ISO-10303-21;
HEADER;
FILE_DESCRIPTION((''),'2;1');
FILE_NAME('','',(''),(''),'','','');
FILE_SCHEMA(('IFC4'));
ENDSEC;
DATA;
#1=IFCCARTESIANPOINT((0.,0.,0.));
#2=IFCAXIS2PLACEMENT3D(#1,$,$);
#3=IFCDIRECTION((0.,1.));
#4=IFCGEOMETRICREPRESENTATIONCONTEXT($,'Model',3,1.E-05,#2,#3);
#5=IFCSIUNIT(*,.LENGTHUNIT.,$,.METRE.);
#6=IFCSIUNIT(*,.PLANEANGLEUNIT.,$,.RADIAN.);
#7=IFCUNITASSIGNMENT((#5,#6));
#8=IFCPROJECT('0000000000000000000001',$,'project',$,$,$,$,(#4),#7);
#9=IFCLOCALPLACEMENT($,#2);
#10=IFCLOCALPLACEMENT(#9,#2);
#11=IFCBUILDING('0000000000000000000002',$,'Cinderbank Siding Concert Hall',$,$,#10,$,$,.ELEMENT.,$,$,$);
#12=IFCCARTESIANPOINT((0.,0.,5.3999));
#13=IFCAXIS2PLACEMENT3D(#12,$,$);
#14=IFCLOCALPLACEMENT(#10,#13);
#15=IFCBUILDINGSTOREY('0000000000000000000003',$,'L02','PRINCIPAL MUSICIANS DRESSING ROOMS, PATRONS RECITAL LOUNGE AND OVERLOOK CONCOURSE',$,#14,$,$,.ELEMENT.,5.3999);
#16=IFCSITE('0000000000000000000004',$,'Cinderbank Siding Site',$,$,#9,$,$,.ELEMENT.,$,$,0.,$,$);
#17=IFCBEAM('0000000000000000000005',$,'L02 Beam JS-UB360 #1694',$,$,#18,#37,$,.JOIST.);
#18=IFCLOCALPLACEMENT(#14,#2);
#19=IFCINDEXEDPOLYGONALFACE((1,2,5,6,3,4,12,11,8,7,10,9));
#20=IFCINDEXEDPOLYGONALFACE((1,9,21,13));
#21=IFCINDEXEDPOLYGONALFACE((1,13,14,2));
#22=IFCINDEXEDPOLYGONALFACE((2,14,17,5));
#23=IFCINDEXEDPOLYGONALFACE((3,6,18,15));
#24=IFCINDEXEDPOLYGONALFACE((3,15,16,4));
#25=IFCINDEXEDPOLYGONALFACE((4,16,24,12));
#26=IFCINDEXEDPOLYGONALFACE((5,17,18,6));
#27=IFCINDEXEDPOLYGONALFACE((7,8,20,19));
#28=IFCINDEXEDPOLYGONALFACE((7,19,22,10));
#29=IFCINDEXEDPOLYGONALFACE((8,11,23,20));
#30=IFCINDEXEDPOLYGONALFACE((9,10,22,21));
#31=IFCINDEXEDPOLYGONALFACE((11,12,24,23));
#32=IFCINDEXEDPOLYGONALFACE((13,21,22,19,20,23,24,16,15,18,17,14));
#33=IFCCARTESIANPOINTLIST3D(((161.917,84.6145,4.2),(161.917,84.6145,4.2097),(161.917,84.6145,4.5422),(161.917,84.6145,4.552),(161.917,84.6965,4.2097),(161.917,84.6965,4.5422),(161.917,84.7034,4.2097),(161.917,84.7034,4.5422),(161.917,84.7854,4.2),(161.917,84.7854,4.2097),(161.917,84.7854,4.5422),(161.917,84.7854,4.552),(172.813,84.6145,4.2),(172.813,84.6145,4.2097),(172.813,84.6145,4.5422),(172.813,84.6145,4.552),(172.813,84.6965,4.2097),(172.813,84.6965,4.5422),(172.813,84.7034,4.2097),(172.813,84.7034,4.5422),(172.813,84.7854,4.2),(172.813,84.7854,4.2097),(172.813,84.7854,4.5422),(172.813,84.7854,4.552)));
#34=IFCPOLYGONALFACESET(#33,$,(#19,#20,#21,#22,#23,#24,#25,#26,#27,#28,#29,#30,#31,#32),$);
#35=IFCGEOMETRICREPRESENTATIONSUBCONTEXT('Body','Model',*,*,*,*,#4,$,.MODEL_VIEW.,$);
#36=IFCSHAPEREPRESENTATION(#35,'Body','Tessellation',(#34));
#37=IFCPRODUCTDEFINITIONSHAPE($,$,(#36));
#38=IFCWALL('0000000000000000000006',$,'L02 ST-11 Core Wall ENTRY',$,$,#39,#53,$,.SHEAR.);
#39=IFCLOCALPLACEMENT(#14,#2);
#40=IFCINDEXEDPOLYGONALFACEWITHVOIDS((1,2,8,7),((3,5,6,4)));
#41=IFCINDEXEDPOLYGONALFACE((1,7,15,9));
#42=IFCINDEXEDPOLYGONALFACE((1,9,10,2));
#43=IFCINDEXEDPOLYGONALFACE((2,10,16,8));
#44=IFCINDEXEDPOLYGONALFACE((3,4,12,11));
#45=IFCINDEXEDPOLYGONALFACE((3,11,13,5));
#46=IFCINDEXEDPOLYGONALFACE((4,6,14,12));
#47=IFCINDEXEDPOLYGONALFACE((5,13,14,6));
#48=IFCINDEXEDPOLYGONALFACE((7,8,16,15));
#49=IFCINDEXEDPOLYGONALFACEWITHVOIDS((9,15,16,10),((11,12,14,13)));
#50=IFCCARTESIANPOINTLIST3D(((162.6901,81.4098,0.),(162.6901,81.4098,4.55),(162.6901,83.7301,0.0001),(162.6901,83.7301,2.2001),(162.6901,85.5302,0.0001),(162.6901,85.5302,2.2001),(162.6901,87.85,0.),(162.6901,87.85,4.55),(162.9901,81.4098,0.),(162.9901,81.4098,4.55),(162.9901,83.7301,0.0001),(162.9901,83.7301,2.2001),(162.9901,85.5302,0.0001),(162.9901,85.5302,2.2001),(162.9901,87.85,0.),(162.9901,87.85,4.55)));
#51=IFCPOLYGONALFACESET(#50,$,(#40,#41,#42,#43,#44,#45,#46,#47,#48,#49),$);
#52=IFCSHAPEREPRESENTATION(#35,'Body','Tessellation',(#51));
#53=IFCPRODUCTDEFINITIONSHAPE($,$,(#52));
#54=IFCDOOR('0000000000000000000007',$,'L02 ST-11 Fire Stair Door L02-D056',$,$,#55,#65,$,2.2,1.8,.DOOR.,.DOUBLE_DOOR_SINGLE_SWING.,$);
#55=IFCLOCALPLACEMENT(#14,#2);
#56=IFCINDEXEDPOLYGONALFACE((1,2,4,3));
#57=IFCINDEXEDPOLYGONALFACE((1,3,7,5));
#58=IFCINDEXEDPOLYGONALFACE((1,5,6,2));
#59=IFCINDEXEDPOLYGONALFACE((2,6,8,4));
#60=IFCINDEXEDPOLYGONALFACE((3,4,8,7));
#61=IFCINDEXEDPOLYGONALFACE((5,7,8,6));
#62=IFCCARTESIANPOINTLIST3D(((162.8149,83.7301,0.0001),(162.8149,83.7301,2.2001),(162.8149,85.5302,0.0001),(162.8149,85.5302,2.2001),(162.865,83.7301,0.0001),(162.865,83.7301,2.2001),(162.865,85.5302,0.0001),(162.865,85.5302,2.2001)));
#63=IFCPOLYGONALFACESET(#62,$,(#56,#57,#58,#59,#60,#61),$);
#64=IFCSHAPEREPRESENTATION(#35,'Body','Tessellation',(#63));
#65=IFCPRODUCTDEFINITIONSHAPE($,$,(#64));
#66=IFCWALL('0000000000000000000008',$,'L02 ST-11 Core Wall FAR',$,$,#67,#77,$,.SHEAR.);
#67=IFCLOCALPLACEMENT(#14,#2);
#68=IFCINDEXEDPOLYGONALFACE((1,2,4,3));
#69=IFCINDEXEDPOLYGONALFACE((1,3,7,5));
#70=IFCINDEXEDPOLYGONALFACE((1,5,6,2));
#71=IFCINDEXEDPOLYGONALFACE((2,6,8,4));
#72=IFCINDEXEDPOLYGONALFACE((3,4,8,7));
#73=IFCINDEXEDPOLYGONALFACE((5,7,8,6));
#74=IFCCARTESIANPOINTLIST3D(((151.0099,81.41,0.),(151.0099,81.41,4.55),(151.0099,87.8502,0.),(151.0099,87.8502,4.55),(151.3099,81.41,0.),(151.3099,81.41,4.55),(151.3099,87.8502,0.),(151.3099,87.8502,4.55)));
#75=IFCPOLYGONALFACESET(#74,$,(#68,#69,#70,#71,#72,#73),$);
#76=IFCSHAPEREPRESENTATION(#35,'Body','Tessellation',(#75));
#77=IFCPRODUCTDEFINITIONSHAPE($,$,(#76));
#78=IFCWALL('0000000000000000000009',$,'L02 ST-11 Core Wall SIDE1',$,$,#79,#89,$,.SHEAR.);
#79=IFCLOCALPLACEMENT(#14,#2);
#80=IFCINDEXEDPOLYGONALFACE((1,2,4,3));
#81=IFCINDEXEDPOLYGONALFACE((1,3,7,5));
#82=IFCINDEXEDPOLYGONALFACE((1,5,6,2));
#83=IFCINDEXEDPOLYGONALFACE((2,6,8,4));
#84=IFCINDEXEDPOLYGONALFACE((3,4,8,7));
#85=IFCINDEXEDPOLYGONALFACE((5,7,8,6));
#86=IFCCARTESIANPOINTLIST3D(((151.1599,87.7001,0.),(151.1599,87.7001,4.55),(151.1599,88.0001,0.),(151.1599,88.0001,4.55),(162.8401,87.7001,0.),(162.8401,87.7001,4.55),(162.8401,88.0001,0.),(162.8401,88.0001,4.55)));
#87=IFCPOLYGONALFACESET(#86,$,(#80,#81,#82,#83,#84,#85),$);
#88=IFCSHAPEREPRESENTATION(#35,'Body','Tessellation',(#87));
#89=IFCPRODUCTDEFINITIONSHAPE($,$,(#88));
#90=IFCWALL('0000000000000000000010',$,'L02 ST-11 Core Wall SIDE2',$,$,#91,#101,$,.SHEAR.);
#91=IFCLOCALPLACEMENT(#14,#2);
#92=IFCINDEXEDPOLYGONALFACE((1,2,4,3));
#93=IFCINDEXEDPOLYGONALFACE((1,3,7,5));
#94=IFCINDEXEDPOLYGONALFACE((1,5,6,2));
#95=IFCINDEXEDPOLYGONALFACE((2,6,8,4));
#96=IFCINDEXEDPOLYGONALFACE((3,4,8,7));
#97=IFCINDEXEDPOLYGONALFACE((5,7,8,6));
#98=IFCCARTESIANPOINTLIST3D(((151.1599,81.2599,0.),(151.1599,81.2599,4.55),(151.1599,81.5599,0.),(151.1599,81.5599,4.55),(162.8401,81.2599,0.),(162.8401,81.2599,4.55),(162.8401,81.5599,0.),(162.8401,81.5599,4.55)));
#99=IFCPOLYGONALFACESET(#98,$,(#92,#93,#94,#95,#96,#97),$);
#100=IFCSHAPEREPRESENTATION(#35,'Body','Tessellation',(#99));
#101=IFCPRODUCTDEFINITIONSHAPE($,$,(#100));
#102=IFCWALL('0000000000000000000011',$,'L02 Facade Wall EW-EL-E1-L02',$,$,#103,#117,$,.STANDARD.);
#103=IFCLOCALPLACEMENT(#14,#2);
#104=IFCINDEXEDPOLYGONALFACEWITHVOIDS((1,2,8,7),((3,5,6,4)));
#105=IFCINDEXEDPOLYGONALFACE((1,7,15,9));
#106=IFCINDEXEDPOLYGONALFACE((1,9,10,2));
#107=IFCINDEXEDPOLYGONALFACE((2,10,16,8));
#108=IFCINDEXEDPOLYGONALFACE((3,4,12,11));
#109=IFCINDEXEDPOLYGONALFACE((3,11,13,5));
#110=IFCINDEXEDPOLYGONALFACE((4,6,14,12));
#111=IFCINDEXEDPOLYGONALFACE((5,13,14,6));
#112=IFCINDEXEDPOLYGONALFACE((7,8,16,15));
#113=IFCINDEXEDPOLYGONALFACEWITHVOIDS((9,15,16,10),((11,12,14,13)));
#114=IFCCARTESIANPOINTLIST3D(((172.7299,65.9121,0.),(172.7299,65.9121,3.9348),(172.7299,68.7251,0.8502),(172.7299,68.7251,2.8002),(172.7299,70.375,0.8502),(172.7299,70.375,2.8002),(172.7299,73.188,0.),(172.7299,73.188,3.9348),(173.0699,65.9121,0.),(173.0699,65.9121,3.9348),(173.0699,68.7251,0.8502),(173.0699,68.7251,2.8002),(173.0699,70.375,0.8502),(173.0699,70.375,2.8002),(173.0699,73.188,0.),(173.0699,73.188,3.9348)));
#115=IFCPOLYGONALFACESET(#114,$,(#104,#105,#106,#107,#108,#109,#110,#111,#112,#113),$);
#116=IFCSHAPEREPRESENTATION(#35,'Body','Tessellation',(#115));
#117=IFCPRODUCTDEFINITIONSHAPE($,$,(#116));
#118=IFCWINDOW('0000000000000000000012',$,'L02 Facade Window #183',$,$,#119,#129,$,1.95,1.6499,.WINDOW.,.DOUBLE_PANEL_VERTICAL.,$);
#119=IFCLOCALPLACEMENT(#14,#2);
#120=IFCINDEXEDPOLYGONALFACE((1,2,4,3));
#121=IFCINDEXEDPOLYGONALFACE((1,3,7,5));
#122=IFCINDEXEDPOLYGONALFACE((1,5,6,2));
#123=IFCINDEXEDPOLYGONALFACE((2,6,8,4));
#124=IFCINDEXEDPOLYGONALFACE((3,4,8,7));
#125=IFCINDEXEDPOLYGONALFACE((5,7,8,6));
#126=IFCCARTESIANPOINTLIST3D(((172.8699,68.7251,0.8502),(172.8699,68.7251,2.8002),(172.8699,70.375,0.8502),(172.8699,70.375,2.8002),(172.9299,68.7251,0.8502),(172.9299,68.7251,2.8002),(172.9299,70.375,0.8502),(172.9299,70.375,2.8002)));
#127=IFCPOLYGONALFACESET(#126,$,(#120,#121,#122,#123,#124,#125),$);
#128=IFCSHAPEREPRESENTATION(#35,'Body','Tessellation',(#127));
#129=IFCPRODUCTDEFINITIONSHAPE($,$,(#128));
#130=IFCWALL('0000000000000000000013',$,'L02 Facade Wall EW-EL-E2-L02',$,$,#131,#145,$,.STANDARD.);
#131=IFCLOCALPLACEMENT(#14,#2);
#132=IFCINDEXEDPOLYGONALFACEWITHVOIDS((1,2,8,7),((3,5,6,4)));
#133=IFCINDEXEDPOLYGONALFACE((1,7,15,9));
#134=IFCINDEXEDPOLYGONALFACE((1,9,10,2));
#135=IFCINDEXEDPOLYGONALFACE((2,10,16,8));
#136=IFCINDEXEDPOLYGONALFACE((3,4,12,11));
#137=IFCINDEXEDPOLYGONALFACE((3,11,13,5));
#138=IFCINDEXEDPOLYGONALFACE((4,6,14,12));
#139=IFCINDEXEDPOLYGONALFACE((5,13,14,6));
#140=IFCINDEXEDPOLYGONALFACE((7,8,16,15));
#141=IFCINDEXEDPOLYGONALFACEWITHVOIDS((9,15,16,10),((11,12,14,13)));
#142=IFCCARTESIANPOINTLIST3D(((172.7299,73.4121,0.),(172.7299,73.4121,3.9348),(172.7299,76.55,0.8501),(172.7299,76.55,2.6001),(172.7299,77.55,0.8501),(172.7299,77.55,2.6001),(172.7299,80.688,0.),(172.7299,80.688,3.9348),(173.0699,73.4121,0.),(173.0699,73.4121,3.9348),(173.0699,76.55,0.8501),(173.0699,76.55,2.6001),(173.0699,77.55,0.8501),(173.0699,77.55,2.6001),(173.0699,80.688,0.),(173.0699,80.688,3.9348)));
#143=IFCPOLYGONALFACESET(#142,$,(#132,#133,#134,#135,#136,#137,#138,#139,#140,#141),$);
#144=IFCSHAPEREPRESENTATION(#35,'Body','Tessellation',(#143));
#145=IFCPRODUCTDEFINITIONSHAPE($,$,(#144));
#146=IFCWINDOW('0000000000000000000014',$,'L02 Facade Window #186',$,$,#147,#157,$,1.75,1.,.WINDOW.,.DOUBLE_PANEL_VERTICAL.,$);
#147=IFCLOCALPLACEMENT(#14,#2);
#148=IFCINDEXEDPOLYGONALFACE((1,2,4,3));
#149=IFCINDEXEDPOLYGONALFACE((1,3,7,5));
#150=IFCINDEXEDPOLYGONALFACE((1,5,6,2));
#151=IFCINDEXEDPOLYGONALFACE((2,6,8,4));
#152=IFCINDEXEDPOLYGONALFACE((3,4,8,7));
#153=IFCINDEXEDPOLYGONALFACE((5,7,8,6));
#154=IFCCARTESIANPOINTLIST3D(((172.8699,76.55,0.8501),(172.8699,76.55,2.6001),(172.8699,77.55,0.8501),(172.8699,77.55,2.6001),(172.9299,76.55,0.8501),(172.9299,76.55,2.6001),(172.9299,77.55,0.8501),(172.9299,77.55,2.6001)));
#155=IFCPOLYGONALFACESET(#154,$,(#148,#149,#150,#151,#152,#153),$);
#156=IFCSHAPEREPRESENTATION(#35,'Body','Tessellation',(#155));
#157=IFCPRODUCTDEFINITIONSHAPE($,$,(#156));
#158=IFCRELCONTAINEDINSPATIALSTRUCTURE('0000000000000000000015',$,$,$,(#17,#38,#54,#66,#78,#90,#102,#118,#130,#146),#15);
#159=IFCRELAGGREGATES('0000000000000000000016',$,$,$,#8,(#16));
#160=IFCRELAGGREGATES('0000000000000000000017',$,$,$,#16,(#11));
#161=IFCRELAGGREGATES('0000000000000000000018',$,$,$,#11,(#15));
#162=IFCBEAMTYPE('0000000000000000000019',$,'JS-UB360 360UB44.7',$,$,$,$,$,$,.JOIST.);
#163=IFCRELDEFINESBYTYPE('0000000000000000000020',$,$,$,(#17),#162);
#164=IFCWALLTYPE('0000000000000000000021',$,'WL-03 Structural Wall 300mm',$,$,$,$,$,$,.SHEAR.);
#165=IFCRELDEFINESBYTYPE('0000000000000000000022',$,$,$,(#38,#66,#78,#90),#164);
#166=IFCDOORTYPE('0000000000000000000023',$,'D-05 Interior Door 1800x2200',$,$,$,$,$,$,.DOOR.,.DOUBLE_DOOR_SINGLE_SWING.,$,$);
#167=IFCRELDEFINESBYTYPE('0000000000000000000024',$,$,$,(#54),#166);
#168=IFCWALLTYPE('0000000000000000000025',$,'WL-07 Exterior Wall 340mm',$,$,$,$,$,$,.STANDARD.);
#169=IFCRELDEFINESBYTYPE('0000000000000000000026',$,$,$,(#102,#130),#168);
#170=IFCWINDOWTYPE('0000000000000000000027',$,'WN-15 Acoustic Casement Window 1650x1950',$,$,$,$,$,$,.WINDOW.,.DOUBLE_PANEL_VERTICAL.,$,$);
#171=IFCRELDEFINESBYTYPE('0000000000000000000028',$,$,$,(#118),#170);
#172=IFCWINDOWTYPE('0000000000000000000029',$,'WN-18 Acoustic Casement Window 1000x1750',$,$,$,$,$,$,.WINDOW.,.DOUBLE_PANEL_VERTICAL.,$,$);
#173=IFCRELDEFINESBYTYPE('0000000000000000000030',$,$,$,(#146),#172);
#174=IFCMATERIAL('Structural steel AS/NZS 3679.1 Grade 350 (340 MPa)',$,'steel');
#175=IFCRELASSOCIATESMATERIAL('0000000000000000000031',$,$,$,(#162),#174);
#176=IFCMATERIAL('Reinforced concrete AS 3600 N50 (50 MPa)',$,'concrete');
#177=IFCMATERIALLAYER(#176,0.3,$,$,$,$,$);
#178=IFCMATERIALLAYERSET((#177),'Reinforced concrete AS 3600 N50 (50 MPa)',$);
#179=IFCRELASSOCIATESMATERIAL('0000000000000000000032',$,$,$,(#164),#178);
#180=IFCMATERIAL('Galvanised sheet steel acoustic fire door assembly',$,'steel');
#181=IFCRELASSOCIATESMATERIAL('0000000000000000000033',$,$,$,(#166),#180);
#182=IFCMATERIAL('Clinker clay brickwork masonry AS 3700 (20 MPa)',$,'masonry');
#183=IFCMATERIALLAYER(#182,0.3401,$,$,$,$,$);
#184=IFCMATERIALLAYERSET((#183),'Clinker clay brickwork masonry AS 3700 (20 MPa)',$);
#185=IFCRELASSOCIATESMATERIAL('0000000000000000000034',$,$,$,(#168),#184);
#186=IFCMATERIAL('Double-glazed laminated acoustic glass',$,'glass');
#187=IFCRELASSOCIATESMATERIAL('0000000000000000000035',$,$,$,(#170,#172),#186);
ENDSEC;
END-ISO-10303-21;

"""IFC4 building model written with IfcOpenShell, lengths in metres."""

from ifc_helpers import new_model, si_unit, direction, frame, frame_2d, origin, origin_2d, place, context, subcontext, project, spatial, rectangle, i_section, extrude, material, layer, layer_set, material_profile, profile_set, type_object, element, fill, save


model = new_model("IFC4")

# Units and contexts
model_context = context("Model", 3, precision=1e-05, world=origin(), true_north=direction((0.0, 1.0)))
body_context = subcontext(model_context, "Body", "Model", "MODEL_VIEW")
ifc_project = project(units=[si_unit("LENGTHUNIT", "METRE"), si_unit("PLANEANGLEUNIT", "RADIAN")], contexts=[model_context])

# Site, building, storey
site_placement = place(None, origin())
site = spatial("IfcSite", under=ifc_project, at=site_placement, Name="Cinderbank Siding Site", CompositionType="ELEMENT", RefElevation=0.0)
building_placement = place(site_placement, origin())
building = spatial("IfcBuilding", under=site, at=building_placement, Name="Cinderbank Siding Concert Hall", CompositionType="ELEMENT")
storey_placement = place(building_placement, frame((0.0, 0.0, 5.3999)))
storey = spatial("IfcBuildingStorey", under=building, at=storey_placement, Name="L02", Description="PRINCIPAL MUSICIANS DRESSING ROOMS, PATRONS RECITAL LOUNGE AND OVERLOOK CONCOURSE", CompositionType="ELEMENT", Elevation=5.3999)

# Shared definitions
ifc_material_1 = material(Name="Structural steel AS/NZS 3679.1 Grade 350 (340 MPa)", Category="steel")

# Beam
ifc_material_2 = material(Name="Reinforced concrete AS 3600 N50 (50 MPa)", Category="concrete")
ifc_material_profile_1 = material_profile(ifc_material_1, i_section(OverallWidth=0.1709, OverallDepth=0.3521, WebThickness=0.0068, FlangeThickness=0.0098, at=origin_2d()), Name="360UB44.7", Category="LoadBearing")
ifc_profile_set_1 = profile_set([ifc_material_profile_1], Name="Structural steel AS/NZS 3679.1 Grade 350 (340 MPa)")
beam_type_1 = type_object("IfcBeamType", Name="JS-UB360 360UB44.7", PredefinedType="JOIST", material=ifc_profile_set_1)
beam_1_placement = place(storey_placement, frame((161.917, 84.7, 4.376), z_axis=(1.0, 0.0, 0.0), x_axis=(0.0, 1.0, 0.0)))
element("IfcBeam", 1, at=beam_1_placement, inside=storey, type_object=beam_type_1, Name="L02 Beam JS-UB360 #1694", PredefinedType="JOIST", context=body_context, shape_type="SweptSolid", body=[
    extrude(i_section(OverallWidth=0.1709, OverallDepth=0.3521, WebThickness=0.0068, FlangeThickness=0.0098, at=origin_2d()), origin(), (0.0, 0.0, 1.0), 10.896),
])

# Wall, opening, door
ifc_layer_1 = layer(ifc_material_2, 0.3)
ifc_layer_set_1 = layer_set([ifc_layer_1], Name="Reinforced concrete AS 3600 N50 (50 MPa)")
wall_type_1 = type_object("IfcWallType", Name="WL-03 Structural Wall 300mm", PredefinedType="SHEAR", material=ifc_layer_set_1)
wall_1_placement = place(storey_placement, frame((162.8401, 87.8501, 0.0), z_axis=(0.0, 0.0, 1.0), x_axis=(0.0, -1.0, 0.0)))
wall_1 = element("IfcWall", 2, at=wall_1_placement, inside=storey, type_object=wall_type_1, Name="L02 ST-11 Core Wall ENTRY", PredefinedType="SHEAR", context=body_context, shape_type="SweptSolid", body=[
    extrude(rectangle(XDim=6.4402, YDim=0.3, at=frame_2d((3.2202, 0.0))), origin(), (0.0, 0.0, 1.0), 4.55),
])
opening_1_placement = place(wall_1_placement, frame((2.3201, 0.0, 0.0)))
opening_1 = element("IfcOpeningElement", 3, at=opening_1_placement, cuts=wall_1, PredefinedType="OPENING", context=body_context, shape_type="SweptSolid", body=[
    extrude(rectangle(XDim=1.8, YDim=2.2, at=frame_2d((0.8999, 1.1001))), frame((0.0, 0.1621, 0.0), z_axis=(0.0, -1.0, 0.0), x_axis=(1.0, 0.0, 0.0)), (0.0, 0.0, 1.0), 0.324),
])
ifc_material_3 = material(Name="Galvanised sheet steel acoustic fire door assembly", Category="steel")
door_type = type_object("IfcDoorType", Name="D-05 Interior Door 1800x2200", OperationType="DOUBLE_DOOR_SINGLE_SWING", PredefinedType="DOOR", material=ifc_material_3)
door_placement = place(opening_1_placement, origin())
door = element("IfcDoor", 4, at=door_placement, inside=storey, type_object=door_type, Name="L02 ST-11 Fire Stair Door L02-D056", OperationType="DOUBLE_DOOR_SINGLE_SWING", OverallHeight=2.2, OverallWidth=1.8, PredefinedType="DOOR", context=body_context, shape_type="SweptSolid", body=[
    extrude(rectangle(XDim=1.8, YDim=2.2, at=frame_2d((0.8999, 1.1001))), frame((0.0, 0.0249, 0.0), z_axis=(0.0, -1.0, 0.0), x_axis=(1.0, 0.0, 0.0)), (0.0, 0.0, 1.0), 0.05),
])
fill(opening_1, door)

# Walls
wall_2_placement = place(storey_placement, frame((151.1599, 81.4099, 0.0), z_axis=(0.0, 0.0, 1.0), x_axis=(0.0, 1.0, 0.0)))
element("IfcWall", 5, at=wall_2_placement, inside=storey, type_object=wall_type_1, Name="L02 ST-11 Core Wall FAR", PredefinedType="SHEAR", context=body_context, shape_type="SweptSolid", body=[
    extrude(rectangle(XDim=6.4402, YDim=0.3, at=frame_2d((3.2202, 0.0))), origin(), (0.0, 0.0, 1.0), 4.55),
])
for number, where, z_axis, x_axis, name in (
    (6, (151.1599, 87.8501, 0.0), (0.0, 0.0, 1.0), (1.0, 0.0, 0.0), "L02 ST-11 Core Wall SIDE1"),
    (7, (162.8401, 81.4099, 0.0), (0.0, 0.0, 1.0), (-1.0, 0.0, 0.0), "L02 ST-11 Core Wall SIDE2"),
):
    element("IfcWall", number, at=place(storey_placement, frame(where, z_axis=z_axis, x_axis=x_axis)), inside=storey, type_object=wall_type_1, Name=name, PredefinedType="SHEAR", context=body_context, shape_type="SweptSolid", body=[
        extrude(rectangle(XDim=11.6802, YDim=0.3, at=frame_2d((5.8401, 0.0))), origin(), (0.0, 0.0, 1.0), 4.55),
    ])

# Walls, openings, windows
ifc_material_4 = material(Name="Clinker clay brickwork masonry AS 3700 (20 MPa)", Category="masonry")
ifc_layer_2 = layer(ifc_material_4, 0.3401)
ifc_layer_set_2 = layer_set([ifc_layer_2], Name="Clinker clay brickwork masonry AS 3700 (20 MPa)")
wall_type_2 = type_object("IfcWallType", Name="WL-07 Exterior Wall 340mm", PredefinedType="STANDARD", material=ifc_layer_set_2)
wall_3_placement = place(storey_placement, frame((172.8999, 73.188, 0.0), z_axis=(0.0, 0.0, 1.0), x_axis=(0.0, -1.0, 0.0)))
wall_3 = element("IfcWall", 8, at=wall_3_placement, inside=storey, type_object=wall_type_2, Name="L02 Facade Wall EW-EL-E1-L02", PredefinedType="STANDARD", context=body_context, shape_type="SweptSolid", body=[
    extrude(rectangle(XDim=7.2759, YDim=0.3401, at=frame_2d((3.6379, 0.0))), origin(), (0.0, 0.0, 1.0), 3.9348),
])
opening_2_placement = place(wall_3_placement, frame((2.813, 0.0, 0.8501)))
opening_2 = element("IfcOpeningElement", 9, at=opening_2_placement, cuts=wall_3, PredefinedType="OPENING", context=body_context, shape_type="SweptSolid", body=[
    extrude(rectangle(XDim=1.6499, YDim=1.95, at=frame_2d((0.825, 0.9751))), frame((0.0, 0.1821, 0.0), z_axis=(0.0, -1.0, 0.0), x_axis=(1.0, 0.0, 0.0)), (0.0, 0.0, 1.0), 0.364),
])
ifc_material_5 = material(Name="Double-glazed laminated acoustic glass", Category="glass")
window_type_1 = type_object("IfcWindowType", Name="WN-15 Acoustic Casement Window 1650x1950", PartitioningType="DOUBLE_PANEL_VERTICAL", PredefinedType="WINDOW", material=ifc_material_5)
window_1_placement = place(opening_2_placement, origin())
window_1 = element("IfcWindow", 10, at=window_1_placement, inside=storey, type_object=window_type_1, Name="L02 Facade Window #183", OverallHeight=1.95, OverallWidth=1.6499, PartitioningType="DOUBLE_PANEL_VERTICAL", PredefinedType="WINDOW", context=body_context, shape_type="SweptSolid", body=[
    extrude(rectangle(XDim=1.6499, YDim=1.95, at=frame_2d((0.825, 0.9751))), frame((0.0, 0.03, 0.0), z_axis=(0.0, -1.0, 0.0), x_axis=(1.0, 0.0, 0.0)), (0.0, 0.0, 1.0), 0.0601),
])
fill(opening_2, window_1)
wall_4_placement = place(storey_placement, frame((172.8999, 80.688, 0.0), z_axis=(0.0, 0.0, 1.0), x_axis=(0.0, -1.0, 0.0)))
wall_4 = element("IfcWall", 11, at=wall_4_placement, inside=storey, type_object=wall_type_2, Name="L02 Facade Wall EW-EL-E2-L02", PredefinedType="STANDARD", context=body_context, shape_type="SweptSolid", body=[
    extrude(rectangle(XDim=7.2759, YDim=0.3401, at=frame_2d((3.6379, 0.0))), origin(), (0.0, 0.0, 1.0), 3.9348),
])
opening_3_placement = place(wall_4_placement, frame((3.1379, 0.0, 0.8501)))
opening_3 = element("IfcOpeningElement", 12, at=opening_3_placement, cuts=wall_4, PredefinedType="OPENING", context=body_context, shape_type="SweptSolid", body=[
    extrude(rectangle(XDim=1.0, YDim=1.75, at=frame_2d((0.5, 0.875))), frame((0.0, 0.1821, 0.0), z_axis=(0.0, -1.0, 0.0), x_axis=(1.0, 0.0, 0.0)), (0.0, 0.0, 1.0), 0.364),
])
window_type_2 = type_object("IfcWindowType", Name="WN-18 Acoustic Casement Window 1000x1750", PartitioningType="DOUBLE_PANEL_VERTICAL", PredefinedType="WINDOW", material=ifc_material_5)
window_2_placement = place(opening_3_placement, origin())
window_2 = element("IfcWindow", 13, at=window_2_placement, inside=storey, type_object=window_type_2, Name="L02 Facade Window #186", OverallHeight=1.75, OverallWidth=1.0, PartitioningType="DOUBLE_PANEL_VERTICAL", PredefinedType="WINDOW", context=body_context, shape_type="SweptSolid", body=[
    extrude(rectangle(XDim=1.0, YDim=1.75, at=frame_2d((0.5, 0.875))), frame((0.0, 0.03, 0.0), z_axis=(0.0, -1.0, 0.0), x_axis=(1.0, 0.0, 0.0)), (0.0, 0.0, 1.0), 0.0601),
])
fill(opening_3, window_2)

save(model, "model.ifc")
